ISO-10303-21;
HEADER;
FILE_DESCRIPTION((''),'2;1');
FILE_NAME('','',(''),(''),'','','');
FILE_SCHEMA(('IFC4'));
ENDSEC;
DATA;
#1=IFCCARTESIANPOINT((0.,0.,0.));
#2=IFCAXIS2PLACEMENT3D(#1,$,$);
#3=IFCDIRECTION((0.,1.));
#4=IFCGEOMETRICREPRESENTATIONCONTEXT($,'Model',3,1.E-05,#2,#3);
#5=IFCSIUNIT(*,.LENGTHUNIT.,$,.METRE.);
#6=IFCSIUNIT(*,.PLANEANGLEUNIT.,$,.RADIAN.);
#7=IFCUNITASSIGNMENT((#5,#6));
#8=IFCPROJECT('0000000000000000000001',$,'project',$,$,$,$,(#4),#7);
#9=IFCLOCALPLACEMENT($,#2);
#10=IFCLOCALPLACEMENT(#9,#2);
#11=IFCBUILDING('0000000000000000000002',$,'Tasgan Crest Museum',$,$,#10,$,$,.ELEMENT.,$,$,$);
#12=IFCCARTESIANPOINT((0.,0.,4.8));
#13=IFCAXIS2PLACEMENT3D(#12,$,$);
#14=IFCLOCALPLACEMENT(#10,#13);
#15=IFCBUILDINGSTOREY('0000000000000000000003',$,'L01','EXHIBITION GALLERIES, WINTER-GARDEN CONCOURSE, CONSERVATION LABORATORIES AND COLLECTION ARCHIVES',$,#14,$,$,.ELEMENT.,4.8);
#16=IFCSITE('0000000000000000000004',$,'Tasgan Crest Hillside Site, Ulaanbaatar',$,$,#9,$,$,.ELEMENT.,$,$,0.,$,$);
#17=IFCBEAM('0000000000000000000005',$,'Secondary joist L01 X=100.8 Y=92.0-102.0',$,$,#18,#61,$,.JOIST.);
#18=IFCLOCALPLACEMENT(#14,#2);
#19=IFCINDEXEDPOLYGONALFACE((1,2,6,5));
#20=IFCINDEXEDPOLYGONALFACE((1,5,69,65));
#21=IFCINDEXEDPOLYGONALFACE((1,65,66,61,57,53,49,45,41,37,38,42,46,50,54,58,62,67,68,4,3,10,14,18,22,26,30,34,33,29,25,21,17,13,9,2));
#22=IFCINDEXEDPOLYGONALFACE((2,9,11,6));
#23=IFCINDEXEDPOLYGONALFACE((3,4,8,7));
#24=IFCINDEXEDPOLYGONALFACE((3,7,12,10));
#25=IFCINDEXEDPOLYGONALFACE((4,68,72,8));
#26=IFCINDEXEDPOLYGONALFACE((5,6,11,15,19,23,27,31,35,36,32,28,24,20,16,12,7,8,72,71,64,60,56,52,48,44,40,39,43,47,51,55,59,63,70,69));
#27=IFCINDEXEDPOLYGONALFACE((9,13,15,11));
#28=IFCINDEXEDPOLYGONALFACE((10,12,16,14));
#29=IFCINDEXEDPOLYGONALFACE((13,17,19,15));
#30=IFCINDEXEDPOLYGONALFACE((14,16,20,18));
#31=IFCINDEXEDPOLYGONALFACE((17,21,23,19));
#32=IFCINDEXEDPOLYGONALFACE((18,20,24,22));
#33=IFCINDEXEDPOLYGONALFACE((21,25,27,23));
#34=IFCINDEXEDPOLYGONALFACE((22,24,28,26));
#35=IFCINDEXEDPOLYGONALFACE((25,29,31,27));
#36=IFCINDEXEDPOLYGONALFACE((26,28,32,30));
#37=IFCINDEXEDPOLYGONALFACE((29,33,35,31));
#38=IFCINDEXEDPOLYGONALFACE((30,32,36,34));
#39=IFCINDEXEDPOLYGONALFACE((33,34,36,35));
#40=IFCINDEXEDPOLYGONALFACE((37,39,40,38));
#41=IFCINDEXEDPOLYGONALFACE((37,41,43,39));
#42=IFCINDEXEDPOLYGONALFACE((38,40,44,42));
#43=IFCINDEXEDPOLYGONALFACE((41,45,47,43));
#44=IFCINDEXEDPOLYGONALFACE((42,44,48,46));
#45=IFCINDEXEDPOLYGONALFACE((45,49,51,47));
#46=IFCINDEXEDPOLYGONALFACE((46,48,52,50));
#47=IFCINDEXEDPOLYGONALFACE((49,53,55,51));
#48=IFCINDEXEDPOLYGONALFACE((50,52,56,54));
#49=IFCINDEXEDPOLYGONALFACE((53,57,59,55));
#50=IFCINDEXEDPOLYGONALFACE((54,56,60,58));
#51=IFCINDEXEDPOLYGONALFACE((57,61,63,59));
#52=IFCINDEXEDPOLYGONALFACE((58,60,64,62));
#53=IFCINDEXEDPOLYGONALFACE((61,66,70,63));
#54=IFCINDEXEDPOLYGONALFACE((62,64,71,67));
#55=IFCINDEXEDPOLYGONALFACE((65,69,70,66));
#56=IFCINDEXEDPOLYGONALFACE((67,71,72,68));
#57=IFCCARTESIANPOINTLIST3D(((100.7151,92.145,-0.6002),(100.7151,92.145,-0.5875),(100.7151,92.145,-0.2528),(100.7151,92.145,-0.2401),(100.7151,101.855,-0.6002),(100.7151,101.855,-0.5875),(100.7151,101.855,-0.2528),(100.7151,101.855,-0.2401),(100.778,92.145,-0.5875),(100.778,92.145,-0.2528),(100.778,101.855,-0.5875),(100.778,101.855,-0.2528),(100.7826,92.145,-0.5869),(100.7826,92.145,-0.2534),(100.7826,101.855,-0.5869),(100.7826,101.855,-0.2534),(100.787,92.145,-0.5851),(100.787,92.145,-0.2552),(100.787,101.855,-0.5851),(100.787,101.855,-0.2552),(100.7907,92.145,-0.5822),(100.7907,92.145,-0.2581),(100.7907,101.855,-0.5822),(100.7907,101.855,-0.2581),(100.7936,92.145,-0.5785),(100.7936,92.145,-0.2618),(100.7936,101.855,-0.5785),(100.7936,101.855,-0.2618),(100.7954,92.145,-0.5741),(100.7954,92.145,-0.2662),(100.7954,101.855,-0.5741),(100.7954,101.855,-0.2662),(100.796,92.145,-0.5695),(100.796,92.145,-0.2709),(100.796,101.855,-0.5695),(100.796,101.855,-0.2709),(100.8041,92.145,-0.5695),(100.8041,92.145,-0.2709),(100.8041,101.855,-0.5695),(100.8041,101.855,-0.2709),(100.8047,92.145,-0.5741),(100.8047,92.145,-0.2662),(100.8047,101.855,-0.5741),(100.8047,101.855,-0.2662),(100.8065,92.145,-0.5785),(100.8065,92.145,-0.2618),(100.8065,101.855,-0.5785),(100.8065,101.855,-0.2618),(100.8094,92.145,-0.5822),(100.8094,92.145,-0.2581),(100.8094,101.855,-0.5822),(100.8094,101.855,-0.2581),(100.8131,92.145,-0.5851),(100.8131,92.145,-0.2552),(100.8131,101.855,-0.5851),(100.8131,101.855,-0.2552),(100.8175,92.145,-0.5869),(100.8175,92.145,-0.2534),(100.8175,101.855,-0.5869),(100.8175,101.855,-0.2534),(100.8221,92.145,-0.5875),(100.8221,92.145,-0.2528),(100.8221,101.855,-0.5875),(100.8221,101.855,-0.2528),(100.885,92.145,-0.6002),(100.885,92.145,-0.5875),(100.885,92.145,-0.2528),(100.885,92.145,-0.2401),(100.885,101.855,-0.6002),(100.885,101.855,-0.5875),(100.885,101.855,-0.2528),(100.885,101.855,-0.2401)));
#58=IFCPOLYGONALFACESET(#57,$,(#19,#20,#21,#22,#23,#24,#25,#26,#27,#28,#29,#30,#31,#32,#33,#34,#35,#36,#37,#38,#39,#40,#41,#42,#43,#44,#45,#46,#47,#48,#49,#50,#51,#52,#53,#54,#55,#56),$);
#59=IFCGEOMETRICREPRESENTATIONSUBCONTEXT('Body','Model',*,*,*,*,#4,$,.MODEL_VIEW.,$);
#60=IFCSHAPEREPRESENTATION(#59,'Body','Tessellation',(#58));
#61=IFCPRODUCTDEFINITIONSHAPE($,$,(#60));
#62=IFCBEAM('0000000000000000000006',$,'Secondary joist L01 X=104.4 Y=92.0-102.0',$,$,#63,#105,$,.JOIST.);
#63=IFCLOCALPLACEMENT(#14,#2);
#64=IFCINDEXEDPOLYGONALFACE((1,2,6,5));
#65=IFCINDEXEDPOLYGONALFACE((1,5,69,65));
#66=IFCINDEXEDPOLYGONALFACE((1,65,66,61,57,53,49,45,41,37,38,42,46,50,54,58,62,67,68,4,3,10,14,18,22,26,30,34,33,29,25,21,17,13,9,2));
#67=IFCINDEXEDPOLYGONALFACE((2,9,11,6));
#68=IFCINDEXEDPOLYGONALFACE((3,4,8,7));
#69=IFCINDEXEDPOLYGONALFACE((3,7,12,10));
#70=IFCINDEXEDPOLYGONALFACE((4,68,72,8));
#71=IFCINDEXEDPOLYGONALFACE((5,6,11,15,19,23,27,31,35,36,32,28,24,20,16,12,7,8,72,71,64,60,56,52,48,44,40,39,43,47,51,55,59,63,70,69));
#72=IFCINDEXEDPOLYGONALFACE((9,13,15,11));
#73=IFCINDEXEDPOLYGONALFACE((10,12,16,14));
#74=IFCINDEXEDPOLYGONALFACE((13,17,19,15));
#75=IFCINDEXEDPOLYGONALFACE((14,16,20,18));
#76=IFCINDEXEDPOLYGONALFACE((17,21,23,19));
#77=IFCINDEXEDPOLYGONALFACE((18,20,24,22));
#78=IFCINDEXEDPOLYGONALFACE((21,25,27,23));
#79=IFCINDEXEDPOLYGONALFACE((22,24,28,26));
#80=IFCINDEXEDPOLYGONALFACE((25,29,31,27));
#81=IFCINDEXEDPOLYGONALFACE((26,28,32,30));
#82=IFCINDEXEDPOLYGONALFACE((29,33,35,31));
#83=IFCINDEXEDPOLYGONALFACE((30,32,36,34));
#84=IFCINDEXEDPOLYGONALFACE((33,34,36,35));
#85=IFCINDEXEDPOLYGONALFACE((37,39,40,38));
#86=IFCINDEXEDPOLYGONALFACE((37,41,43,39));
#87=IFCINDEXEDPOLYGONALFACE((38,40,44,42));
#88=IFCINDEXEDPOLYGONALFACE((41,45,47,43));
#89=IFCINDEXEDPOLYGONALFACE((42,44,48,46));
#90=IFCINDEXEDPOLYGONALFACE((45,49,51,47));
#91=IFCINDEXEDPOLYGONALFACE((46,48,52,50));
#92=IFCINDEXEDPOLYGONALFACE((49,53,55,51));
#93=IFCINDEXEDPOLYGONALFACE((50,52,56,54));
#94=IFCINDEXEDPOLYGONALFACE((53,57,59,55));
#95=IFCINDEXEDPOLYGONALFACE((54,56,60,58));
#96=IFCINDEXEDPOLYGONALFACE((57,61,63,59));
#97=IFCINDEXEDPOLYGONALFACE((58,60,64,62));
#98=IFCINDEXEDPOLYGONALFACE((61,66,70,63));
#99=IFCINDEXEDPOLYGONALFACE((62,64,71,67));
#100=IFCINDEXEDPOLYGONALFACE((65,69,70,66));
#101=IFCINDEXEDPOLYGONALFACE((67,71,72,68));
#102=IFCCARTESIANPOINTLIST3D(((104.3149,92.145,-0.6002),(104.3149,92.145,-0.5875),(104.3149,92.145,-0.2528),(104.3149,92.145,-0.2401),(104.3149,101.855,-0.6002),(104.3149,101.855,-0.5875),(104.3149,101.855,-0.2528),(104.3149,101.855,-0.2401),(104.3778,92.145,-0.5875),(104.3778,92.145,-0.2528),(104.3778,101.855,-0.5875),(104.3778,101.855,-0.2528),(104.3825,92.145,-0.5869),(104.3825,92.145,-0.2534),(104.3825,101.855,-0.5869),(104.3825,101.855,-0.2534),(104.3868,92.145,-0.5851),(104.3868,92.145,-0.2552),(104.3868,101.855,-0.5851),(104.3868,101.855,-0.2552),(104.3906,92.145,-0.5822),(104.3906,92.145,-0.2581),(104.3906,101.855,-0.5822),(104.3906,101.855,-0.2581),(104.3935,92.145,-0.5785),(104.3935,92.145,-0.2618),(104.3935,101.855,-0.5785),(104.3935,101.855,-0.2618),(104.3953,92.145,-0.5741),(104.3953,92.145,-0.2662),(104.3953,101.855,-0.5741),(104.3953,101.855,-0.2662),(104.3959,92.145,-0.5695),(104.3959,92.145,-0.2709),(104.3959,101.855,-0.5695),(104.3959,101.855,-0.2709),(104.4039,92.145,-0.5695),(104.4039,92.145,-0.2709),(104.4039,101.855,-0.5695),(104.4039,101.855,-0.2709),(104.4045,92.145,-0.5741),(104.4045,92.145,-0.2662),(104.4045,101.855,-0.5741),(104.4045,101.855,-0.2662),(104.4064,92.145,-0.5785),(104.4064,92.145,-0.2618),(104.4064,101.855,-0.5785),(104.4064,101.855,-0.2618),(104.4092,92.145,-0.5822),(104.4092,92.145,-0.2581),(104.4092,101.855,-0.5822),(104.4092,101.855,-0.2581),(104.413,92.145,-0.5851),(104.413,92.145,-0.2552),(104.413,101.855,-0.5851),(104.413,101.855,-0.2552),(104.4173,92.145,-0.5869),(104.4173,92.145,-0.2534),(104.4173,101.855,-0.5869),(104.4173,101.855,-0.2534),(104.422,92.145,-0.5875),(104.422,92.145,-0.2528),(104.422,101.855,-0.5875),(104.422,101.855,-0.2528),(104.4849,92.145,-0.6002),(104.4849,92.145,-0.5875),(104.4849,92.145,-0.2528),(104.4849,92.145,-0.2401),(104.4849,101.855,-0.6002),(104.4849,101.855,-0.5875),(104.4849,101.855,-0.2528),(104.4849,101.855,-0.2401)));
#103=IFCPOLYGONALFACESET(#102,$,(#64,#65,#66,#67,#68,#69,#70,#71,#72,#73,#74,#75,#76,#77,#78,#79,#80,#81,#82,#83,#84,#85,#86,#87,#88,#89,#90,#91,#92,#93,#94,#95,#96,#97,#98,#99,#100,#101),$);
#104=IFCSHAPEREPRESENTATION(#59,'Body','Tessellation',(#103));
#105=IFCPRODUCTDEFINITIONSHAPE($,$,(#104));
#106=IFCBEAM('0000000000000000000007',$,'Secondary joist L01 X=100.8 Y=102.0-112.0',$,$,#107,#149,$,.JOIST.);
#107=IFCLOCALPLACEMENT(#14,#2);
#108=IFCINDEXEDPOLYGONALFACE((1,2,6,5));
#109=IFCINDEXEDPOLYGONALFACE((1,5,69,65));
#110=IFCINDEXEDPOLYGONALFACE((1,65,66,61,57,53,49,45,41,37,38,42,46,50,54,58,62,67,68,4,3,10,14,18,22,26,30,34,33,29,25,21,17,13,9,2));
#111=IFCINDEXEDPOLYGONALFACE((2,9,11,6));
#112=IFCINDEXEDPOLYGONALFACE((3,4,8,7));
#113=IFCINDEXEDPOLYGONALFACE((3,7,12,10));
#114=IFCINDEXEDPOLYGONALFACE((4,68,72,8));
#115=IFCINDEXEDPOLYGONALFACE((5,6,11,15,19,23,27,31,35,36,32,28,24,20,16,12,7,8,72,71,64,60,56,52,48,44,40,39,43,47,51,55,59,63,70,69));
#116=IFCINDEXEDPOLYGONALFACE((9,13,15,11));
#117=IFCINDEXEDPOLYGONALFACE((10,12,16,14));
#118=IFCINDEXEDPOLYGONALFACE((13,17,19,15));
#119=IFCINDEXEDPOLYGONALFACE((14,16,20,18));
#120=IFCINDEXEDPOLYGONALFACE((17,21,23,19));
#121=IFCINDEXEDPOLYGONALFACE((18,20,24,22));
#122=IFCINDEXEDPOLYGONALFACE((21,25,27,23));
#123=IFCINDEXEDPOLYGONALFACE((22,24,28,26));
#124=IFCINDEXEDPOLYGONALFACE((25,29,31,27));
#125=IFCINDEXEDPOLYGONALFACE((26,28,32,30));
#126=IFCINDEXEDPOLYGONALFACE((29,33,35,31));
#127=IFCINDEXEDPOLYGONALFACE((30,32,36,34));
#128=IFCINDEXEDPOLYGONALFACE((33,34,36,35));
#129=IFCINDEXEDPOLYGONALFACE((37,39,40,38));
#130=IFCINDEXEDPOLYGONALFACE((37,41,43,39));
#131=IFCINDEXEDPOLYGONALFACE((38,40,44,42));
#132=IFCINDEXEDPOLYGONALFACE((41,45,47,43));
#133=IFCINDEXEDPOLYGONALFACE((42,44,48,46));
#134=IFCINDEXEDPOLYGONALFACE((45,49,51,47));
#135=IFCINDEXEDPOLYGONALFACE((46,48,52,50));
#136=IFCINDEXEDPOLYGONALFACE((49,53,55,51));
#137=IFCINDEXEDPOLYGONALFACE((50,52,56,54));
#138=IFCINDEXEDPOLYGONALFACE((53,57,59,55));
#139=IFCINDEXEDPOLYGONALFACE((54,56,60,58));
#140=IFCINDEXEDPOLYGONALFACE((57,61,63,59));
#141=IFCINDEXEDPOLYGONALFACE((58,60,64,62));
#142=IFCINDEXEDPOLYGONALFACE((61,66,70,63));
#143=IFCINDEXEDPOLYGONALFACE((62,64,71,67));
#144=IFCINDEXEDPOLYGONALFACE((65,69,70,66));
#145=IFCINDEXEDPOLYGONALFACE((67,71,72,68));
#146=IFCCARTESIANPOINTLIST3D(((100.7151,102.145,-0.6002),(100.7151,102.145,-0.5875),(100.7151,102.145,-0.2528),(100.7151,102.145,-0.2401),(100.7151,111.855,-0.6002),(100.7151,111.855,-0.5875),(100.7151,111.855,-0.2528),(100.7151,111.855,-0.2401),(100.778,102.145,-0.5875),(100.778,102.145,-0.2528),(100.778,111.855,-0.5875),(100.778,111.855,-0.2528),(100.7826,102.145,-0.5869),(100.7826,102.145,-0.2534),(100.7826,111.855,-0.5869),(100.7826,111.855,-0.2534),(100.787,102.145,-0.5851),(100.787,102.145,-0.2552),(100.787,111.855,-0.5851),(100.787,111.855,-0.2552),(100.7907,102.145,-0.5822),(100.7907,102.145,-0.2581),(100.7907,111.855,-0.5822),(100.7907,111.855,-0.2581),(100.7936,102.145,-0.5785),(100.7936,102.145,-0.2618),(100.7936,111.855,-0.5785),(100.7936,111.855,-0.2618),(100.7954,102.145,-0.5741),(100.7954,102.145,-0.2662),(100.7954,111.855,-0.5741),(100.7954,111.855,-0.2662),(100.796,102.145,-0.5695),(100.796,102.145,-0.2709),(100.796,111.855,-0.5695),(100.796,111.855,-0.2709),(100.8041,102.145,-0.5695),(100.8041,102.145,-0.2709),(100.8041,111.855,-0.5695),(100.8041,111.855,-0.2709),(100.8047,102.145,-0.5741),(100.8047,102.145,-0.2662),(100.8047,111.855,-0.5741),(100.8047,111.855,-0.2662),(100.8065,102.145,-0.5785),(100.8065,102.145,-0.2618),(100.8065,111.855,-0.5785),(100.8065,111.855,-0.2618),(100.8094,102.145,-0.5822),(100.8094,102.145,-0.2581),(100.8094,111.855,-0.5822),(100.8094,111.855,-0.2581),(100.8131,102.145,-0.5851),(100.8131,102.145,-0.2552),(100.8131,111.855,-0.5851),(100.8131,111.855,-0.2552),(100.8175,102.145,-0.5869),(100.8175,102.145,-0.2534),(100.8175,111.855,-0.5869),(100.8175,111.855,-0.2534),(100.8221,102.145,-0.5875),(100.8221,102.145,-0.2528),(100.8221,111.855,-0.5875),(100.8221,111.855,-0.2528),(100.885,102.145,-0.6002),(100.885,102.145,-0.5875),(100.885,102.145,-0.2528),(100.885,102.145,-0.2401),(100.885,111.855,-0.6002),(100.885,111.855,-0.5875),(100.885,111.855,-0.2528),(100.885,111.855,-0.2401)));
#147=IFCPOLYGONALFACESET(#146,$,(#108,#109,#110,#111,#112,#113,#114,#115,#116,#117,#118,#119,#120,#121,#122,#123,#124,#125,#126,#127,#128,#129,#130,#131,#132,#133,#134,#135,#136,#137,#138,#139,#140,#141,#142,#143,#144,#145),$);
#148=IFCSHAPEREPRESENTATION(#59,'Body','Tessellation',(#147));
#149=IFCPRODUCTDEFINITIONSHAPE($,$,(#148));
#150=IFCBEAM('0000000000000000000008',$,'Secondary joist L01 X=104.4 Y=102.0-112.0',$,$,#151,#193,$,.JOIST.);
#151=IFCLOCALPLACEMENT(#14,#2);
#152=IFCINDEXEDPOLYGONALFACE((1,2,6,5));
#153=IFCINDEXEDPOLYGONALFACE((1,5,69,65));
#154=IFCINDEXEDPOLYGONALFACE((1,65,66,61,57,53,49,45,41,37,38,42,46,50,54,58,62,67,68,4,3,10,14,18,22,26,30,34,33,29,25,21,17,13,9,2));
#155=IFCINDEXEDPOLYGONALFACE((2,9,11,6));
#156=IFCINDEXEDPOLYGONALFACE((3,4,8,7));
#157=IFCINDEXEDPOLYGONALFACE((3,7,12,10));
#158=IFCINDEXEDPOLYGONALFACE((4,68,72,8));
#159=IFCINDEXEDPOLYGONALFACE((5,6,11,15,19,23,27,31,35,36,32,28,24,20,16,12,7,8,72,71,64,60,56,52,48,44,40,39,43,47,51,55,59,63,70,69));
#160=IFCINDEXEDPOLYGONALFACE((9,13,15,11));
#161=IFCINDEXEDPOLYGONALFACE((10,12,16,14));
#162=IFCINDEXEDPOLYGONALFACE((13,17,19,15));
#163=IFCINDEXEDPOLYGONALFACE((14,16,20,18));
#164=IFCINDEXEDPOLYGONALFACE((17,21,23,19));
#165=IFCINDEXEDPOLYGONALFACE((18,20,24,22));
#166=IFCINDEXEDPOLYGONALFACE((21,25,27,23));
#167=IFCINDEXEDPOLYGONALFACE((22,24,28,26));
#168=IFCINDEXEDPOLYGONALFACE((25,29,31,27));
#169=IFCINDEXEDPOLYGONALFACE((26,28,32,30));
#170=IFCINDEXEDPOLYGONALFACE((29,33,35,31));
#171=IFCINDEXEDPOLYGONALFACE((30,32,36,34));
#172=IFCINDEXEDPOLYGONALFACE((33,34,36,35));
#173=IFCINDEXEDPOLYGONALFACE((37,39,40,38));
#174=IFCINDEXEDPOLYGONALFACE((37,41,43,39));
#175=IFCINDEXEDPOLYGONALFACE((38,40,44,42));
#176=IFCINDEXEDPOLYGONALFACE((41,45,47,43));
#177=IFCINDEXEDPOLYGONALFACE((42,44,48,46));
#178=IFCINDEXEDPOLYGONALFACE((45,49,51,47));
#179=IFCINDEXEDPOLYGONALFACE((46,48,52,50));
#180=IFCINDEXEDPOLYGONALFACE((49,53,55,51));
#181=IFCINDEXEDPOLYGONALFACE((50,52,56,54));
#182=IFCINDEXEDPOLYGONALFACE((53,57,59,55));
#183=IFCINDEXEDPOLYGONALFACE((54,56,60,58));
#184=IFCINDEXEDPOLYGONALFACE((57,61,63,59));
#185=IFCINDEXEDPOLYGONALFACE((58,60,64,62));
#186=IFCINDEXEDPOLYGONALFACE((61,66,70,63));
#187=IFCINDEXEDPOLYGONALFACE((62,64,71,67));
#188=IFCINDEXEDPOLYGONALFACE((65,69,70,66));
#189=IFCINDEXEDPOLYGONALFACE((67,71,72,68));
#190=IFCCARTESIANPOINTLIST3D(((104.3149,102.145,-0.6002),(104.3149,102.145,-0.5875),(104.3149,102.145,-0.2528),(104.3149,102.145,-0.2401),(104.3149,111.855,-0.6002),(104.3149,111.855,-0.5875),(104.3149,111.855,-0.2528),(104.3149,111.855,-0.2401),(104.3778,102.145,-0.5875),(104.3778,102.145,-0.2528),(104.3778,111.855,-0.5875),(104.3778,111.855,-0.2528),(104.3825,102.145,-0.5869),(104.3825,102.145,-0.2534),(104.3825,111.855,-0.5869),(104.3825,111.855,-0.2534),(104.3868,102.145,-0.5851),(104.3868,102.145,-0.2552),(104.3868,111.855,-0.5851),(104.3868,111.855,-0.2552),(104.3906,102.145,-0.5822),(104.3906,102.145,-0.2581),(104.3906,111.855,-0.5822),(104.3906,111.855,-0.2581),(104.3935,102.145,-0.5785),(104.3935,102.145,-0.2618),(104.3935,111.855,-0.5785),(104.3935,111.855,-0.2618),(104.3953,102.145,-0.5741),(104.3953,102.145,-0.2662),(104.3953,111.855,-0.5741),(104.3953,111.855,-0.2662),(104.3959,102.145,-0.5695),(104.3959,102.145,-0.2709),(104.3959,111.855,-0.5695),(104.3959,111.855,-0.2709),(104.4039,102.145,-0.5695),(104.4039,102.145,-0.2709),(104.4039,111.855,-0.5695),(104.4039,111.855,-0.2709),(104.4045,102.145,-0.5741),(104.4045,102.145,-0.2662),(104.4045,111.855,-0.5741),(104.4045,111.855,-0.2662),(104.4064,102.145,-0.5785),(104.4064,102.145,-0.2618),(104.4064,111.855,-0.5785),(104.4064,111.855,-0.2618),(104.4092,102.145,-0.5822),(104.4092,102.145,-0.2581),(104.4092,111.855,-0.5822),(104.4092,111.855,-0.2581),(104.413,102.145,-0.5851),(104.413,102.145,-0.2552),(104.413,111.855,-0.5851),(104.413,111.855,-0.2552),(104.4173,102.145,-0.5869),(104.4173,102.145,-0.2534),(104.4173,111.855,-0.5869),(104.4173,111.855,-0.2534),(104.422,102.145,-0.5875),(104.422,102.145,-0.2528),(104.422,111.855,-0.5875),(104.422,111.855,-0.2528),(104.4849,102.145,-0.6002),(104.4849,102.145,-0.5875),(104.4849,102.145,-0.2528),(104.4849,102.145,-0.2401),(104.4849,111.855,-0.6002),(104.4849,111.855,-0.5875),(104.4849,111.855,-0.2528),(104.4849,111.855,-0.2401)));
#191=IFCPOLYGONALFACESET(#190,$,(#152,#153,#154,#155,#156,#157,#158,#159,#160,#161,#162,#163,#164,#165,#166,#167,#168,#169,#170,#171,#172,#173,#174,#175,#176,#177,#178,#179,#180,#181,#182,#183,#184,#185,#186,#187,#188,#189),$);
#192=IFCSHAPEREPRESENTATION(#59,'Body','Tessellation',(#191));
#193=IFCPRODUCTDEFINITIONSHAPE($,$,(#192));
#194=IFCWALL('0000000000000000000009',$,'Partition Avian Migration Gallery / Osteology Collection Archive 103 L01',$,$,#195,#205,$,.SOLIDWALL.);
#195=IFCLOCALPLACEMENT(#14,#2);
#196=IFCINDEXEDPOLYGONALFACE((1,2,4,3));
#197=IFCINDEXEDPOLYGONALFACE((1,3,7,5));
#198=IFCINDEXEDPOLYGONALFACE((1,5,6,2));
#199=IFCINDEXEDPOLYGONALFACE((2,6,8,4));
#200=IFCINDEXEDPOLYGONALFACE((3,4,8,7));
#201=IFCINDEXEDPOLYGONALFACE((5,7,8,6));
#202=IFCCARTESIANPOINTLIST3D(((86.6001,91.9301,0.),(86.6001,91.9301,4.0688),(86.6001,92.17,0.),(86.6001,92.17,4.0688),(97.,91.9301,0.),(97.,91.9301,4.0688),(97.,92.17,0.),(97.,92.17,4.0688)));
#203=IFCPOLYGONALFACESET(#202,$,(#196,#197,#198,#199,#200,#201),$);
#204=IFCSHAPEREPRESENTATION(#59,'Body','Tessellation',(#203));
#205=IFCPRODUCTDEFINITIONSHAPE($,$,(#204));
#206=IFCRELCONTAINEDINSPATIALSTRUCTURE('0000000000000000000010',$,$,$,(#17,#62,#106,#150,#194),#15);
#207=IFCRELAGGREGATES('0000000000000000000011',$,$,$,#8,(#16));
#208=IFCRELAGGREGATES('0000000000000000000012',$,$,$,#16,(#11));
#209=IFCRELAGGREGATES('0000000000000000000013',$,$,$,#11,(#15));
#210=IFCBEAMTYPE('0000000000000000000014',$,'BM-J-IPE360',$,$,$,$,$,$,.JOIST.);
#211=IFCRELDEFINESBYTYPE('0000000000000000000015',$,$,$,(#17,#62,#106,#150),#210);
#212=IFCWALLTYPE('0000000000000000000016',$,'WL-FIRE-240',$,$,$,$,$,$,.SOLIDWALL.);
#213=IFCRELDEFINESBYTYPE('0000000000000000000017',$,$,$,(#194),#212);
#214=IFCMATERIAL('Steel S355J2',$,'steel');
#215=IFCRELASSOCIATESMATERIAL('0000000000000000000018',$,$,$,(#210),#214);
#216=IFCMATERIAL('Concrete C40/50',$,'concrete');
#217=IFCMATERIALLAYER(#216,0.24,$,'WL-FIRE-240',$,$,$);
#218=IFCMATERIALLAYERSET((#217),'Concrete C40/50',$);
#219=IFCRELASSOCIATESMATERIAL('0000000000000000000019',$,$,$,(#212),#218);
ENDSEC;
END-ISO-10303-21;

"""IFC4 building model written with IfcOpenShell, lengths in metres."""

from ifc_helpers import new_model, si_unit, direction, frame, frame_2d, origin, origin_2d, place, context, subcontext, project, spatial, rectangle, i_section, extrude, material, layer, layer_set, material_profile, profile_set, type_object, element, save


model = new_model("IFC4")

# Units and contexts
model_context = context("Model", 3, precision=1e-05, world=origin(), true_north=direction((0.0, 1.0)))
body_context = subcontext(model_context, "Body", "Model", "MODEL_VIEW")
ifc_project = project(units=[si_unit("LENGTHUNIT", "METRE"), si_unit("PLANEANGLEUNIT", "RADIAN")], contexts=[model_context])

# Site, building, storey
site_placement = place(None, origin())
site = spatial("IfcSite", under=ifc_project, at=site_placement, Name="Tasgan Crest Hillside Site, Ulaanbaatar", CompositionType="ELEMENT", RefElevation=0.0)
building_placement = place(site_placement, origin())
building = spatial("IfcBuilding", under=site, at=building_placement, Name="Tasgan Crest Museum", CompositionType="ELEMENT")
storey_placement = place(building_placement, frame((0.0, 0.0, 4.8)))
storey = spatial("IfcBuildingStorey", under=building, at=storey_placement, Name="L01", Description="EXHIBITION GALLERIES, WINTER-GARDEN CONCOURSE, CONSERVATION LABORATORIES AND COLLECTION ARCHIVES", CompositionType="ELEMENT", Elevation=4.8)

# Beams
ifc_material_1 = material(Name="Steel S355J2", Category="steel")
ifc_material_profile_1 = material_profile(ifc_material_1, i_section(OverallWidth=0.1699, OverallDepth=0.3601, WebThickness=0.0081, FlangeThickness=0.0127, FilletRadius=0.0181, at=origin_2d()), Name="IPE 360")
ifc_profile_set_1 = profile_set([ifc_material_profile_1], Name="Steel S355J2")
beam_type_1 = type_object("IfcBeamType", Name="BM-J-IPE360", PredefinedType="JOIST", material=ifc_profile_set_1)
for number, where, z_axis, x_axis, name in (
    (1, (100.8, 92.145, -0.4202), (0.0, 1.0, 0.0), (-1.0, 0.0, 0.0), "Secondary joist L01 X=100.8 Y=92.0-102.0"),
    (2, (104.3999, 92.145, -0.4202), (0.0, 1.0, 0.0), (-1.0, 0.0, 0.0), "Secondary joist L01 X=104.4 Y=92.0-102.0"),
    (3, (100.8, 102.145, -0.4202), (0.0, 1.0, 0.0), (-1.0, 0.0, 0.0), "Secondary joist L01 X=100.8 Y=102.0-112.0"),
    (4, (104.3999, 102.145, -0.4202), (0.0, 1.0, 0.0), (-1.0, 0.0, 0.0), "Secondary joist L01 X=104.4 Y=102.0-112.0"),
):
    element("IfcBeam", number, at=place(storey_placement, frame(where, z_axis=z_axis, x_axis=x_axis)), inside=storey, type_object=beam_type_1, Name=name, PredefinedType="JOIST", context=body_context, shape_type="SweptSolid", body=[
        extrude(i_section(OverallWidth=0.1699, OverallDepth=0.3601, WebThickness=0.0081, FlangeThickness=0.0127, FilletRadius=0.0181, at=origin_2d()), origin(), (0.0, 0.0, 1.0), 9.71),
    ])

# Wall
ifc_material_2 = material(Name="Concrete C40/50", Category="concrete")
ifc_layer = layer(ifc_material_2, 0.24, Name="WL-FIRE-240")
ifc_layer_set = layer_set([ifc_layer], Name="Concrete C40/50")
wall_type = type_object("IfcWallType", Name="WL-FIRE-240", PredefinedType="SOLIDWALL", material=ifc_layer_set)
wall_1_placement = place(storey_placement, frame((86.6001, 92.05, 0.0), z_axis=(0.0, 0.0, 1.0), x_axis=(1.0, 0.0, 0.0)))
element("IfcWall", 5, at=wall_1_placement, inside=storey, type_object=wall_type, Name="Partition Avian Migration Gallery / Osteology Collection Archive 103 L01", PredefinedType="SOLIDWALL", context=body_context, shape_type="SweptSolid", body=[
    extrude(rectangle(XDim=10.3999, YDim=0.24, at=frame_2d((5.2, 0.0))), origin(), (0.0, 0.0, 1.0), 4.0688),
])

save(model, "model.ifc")
